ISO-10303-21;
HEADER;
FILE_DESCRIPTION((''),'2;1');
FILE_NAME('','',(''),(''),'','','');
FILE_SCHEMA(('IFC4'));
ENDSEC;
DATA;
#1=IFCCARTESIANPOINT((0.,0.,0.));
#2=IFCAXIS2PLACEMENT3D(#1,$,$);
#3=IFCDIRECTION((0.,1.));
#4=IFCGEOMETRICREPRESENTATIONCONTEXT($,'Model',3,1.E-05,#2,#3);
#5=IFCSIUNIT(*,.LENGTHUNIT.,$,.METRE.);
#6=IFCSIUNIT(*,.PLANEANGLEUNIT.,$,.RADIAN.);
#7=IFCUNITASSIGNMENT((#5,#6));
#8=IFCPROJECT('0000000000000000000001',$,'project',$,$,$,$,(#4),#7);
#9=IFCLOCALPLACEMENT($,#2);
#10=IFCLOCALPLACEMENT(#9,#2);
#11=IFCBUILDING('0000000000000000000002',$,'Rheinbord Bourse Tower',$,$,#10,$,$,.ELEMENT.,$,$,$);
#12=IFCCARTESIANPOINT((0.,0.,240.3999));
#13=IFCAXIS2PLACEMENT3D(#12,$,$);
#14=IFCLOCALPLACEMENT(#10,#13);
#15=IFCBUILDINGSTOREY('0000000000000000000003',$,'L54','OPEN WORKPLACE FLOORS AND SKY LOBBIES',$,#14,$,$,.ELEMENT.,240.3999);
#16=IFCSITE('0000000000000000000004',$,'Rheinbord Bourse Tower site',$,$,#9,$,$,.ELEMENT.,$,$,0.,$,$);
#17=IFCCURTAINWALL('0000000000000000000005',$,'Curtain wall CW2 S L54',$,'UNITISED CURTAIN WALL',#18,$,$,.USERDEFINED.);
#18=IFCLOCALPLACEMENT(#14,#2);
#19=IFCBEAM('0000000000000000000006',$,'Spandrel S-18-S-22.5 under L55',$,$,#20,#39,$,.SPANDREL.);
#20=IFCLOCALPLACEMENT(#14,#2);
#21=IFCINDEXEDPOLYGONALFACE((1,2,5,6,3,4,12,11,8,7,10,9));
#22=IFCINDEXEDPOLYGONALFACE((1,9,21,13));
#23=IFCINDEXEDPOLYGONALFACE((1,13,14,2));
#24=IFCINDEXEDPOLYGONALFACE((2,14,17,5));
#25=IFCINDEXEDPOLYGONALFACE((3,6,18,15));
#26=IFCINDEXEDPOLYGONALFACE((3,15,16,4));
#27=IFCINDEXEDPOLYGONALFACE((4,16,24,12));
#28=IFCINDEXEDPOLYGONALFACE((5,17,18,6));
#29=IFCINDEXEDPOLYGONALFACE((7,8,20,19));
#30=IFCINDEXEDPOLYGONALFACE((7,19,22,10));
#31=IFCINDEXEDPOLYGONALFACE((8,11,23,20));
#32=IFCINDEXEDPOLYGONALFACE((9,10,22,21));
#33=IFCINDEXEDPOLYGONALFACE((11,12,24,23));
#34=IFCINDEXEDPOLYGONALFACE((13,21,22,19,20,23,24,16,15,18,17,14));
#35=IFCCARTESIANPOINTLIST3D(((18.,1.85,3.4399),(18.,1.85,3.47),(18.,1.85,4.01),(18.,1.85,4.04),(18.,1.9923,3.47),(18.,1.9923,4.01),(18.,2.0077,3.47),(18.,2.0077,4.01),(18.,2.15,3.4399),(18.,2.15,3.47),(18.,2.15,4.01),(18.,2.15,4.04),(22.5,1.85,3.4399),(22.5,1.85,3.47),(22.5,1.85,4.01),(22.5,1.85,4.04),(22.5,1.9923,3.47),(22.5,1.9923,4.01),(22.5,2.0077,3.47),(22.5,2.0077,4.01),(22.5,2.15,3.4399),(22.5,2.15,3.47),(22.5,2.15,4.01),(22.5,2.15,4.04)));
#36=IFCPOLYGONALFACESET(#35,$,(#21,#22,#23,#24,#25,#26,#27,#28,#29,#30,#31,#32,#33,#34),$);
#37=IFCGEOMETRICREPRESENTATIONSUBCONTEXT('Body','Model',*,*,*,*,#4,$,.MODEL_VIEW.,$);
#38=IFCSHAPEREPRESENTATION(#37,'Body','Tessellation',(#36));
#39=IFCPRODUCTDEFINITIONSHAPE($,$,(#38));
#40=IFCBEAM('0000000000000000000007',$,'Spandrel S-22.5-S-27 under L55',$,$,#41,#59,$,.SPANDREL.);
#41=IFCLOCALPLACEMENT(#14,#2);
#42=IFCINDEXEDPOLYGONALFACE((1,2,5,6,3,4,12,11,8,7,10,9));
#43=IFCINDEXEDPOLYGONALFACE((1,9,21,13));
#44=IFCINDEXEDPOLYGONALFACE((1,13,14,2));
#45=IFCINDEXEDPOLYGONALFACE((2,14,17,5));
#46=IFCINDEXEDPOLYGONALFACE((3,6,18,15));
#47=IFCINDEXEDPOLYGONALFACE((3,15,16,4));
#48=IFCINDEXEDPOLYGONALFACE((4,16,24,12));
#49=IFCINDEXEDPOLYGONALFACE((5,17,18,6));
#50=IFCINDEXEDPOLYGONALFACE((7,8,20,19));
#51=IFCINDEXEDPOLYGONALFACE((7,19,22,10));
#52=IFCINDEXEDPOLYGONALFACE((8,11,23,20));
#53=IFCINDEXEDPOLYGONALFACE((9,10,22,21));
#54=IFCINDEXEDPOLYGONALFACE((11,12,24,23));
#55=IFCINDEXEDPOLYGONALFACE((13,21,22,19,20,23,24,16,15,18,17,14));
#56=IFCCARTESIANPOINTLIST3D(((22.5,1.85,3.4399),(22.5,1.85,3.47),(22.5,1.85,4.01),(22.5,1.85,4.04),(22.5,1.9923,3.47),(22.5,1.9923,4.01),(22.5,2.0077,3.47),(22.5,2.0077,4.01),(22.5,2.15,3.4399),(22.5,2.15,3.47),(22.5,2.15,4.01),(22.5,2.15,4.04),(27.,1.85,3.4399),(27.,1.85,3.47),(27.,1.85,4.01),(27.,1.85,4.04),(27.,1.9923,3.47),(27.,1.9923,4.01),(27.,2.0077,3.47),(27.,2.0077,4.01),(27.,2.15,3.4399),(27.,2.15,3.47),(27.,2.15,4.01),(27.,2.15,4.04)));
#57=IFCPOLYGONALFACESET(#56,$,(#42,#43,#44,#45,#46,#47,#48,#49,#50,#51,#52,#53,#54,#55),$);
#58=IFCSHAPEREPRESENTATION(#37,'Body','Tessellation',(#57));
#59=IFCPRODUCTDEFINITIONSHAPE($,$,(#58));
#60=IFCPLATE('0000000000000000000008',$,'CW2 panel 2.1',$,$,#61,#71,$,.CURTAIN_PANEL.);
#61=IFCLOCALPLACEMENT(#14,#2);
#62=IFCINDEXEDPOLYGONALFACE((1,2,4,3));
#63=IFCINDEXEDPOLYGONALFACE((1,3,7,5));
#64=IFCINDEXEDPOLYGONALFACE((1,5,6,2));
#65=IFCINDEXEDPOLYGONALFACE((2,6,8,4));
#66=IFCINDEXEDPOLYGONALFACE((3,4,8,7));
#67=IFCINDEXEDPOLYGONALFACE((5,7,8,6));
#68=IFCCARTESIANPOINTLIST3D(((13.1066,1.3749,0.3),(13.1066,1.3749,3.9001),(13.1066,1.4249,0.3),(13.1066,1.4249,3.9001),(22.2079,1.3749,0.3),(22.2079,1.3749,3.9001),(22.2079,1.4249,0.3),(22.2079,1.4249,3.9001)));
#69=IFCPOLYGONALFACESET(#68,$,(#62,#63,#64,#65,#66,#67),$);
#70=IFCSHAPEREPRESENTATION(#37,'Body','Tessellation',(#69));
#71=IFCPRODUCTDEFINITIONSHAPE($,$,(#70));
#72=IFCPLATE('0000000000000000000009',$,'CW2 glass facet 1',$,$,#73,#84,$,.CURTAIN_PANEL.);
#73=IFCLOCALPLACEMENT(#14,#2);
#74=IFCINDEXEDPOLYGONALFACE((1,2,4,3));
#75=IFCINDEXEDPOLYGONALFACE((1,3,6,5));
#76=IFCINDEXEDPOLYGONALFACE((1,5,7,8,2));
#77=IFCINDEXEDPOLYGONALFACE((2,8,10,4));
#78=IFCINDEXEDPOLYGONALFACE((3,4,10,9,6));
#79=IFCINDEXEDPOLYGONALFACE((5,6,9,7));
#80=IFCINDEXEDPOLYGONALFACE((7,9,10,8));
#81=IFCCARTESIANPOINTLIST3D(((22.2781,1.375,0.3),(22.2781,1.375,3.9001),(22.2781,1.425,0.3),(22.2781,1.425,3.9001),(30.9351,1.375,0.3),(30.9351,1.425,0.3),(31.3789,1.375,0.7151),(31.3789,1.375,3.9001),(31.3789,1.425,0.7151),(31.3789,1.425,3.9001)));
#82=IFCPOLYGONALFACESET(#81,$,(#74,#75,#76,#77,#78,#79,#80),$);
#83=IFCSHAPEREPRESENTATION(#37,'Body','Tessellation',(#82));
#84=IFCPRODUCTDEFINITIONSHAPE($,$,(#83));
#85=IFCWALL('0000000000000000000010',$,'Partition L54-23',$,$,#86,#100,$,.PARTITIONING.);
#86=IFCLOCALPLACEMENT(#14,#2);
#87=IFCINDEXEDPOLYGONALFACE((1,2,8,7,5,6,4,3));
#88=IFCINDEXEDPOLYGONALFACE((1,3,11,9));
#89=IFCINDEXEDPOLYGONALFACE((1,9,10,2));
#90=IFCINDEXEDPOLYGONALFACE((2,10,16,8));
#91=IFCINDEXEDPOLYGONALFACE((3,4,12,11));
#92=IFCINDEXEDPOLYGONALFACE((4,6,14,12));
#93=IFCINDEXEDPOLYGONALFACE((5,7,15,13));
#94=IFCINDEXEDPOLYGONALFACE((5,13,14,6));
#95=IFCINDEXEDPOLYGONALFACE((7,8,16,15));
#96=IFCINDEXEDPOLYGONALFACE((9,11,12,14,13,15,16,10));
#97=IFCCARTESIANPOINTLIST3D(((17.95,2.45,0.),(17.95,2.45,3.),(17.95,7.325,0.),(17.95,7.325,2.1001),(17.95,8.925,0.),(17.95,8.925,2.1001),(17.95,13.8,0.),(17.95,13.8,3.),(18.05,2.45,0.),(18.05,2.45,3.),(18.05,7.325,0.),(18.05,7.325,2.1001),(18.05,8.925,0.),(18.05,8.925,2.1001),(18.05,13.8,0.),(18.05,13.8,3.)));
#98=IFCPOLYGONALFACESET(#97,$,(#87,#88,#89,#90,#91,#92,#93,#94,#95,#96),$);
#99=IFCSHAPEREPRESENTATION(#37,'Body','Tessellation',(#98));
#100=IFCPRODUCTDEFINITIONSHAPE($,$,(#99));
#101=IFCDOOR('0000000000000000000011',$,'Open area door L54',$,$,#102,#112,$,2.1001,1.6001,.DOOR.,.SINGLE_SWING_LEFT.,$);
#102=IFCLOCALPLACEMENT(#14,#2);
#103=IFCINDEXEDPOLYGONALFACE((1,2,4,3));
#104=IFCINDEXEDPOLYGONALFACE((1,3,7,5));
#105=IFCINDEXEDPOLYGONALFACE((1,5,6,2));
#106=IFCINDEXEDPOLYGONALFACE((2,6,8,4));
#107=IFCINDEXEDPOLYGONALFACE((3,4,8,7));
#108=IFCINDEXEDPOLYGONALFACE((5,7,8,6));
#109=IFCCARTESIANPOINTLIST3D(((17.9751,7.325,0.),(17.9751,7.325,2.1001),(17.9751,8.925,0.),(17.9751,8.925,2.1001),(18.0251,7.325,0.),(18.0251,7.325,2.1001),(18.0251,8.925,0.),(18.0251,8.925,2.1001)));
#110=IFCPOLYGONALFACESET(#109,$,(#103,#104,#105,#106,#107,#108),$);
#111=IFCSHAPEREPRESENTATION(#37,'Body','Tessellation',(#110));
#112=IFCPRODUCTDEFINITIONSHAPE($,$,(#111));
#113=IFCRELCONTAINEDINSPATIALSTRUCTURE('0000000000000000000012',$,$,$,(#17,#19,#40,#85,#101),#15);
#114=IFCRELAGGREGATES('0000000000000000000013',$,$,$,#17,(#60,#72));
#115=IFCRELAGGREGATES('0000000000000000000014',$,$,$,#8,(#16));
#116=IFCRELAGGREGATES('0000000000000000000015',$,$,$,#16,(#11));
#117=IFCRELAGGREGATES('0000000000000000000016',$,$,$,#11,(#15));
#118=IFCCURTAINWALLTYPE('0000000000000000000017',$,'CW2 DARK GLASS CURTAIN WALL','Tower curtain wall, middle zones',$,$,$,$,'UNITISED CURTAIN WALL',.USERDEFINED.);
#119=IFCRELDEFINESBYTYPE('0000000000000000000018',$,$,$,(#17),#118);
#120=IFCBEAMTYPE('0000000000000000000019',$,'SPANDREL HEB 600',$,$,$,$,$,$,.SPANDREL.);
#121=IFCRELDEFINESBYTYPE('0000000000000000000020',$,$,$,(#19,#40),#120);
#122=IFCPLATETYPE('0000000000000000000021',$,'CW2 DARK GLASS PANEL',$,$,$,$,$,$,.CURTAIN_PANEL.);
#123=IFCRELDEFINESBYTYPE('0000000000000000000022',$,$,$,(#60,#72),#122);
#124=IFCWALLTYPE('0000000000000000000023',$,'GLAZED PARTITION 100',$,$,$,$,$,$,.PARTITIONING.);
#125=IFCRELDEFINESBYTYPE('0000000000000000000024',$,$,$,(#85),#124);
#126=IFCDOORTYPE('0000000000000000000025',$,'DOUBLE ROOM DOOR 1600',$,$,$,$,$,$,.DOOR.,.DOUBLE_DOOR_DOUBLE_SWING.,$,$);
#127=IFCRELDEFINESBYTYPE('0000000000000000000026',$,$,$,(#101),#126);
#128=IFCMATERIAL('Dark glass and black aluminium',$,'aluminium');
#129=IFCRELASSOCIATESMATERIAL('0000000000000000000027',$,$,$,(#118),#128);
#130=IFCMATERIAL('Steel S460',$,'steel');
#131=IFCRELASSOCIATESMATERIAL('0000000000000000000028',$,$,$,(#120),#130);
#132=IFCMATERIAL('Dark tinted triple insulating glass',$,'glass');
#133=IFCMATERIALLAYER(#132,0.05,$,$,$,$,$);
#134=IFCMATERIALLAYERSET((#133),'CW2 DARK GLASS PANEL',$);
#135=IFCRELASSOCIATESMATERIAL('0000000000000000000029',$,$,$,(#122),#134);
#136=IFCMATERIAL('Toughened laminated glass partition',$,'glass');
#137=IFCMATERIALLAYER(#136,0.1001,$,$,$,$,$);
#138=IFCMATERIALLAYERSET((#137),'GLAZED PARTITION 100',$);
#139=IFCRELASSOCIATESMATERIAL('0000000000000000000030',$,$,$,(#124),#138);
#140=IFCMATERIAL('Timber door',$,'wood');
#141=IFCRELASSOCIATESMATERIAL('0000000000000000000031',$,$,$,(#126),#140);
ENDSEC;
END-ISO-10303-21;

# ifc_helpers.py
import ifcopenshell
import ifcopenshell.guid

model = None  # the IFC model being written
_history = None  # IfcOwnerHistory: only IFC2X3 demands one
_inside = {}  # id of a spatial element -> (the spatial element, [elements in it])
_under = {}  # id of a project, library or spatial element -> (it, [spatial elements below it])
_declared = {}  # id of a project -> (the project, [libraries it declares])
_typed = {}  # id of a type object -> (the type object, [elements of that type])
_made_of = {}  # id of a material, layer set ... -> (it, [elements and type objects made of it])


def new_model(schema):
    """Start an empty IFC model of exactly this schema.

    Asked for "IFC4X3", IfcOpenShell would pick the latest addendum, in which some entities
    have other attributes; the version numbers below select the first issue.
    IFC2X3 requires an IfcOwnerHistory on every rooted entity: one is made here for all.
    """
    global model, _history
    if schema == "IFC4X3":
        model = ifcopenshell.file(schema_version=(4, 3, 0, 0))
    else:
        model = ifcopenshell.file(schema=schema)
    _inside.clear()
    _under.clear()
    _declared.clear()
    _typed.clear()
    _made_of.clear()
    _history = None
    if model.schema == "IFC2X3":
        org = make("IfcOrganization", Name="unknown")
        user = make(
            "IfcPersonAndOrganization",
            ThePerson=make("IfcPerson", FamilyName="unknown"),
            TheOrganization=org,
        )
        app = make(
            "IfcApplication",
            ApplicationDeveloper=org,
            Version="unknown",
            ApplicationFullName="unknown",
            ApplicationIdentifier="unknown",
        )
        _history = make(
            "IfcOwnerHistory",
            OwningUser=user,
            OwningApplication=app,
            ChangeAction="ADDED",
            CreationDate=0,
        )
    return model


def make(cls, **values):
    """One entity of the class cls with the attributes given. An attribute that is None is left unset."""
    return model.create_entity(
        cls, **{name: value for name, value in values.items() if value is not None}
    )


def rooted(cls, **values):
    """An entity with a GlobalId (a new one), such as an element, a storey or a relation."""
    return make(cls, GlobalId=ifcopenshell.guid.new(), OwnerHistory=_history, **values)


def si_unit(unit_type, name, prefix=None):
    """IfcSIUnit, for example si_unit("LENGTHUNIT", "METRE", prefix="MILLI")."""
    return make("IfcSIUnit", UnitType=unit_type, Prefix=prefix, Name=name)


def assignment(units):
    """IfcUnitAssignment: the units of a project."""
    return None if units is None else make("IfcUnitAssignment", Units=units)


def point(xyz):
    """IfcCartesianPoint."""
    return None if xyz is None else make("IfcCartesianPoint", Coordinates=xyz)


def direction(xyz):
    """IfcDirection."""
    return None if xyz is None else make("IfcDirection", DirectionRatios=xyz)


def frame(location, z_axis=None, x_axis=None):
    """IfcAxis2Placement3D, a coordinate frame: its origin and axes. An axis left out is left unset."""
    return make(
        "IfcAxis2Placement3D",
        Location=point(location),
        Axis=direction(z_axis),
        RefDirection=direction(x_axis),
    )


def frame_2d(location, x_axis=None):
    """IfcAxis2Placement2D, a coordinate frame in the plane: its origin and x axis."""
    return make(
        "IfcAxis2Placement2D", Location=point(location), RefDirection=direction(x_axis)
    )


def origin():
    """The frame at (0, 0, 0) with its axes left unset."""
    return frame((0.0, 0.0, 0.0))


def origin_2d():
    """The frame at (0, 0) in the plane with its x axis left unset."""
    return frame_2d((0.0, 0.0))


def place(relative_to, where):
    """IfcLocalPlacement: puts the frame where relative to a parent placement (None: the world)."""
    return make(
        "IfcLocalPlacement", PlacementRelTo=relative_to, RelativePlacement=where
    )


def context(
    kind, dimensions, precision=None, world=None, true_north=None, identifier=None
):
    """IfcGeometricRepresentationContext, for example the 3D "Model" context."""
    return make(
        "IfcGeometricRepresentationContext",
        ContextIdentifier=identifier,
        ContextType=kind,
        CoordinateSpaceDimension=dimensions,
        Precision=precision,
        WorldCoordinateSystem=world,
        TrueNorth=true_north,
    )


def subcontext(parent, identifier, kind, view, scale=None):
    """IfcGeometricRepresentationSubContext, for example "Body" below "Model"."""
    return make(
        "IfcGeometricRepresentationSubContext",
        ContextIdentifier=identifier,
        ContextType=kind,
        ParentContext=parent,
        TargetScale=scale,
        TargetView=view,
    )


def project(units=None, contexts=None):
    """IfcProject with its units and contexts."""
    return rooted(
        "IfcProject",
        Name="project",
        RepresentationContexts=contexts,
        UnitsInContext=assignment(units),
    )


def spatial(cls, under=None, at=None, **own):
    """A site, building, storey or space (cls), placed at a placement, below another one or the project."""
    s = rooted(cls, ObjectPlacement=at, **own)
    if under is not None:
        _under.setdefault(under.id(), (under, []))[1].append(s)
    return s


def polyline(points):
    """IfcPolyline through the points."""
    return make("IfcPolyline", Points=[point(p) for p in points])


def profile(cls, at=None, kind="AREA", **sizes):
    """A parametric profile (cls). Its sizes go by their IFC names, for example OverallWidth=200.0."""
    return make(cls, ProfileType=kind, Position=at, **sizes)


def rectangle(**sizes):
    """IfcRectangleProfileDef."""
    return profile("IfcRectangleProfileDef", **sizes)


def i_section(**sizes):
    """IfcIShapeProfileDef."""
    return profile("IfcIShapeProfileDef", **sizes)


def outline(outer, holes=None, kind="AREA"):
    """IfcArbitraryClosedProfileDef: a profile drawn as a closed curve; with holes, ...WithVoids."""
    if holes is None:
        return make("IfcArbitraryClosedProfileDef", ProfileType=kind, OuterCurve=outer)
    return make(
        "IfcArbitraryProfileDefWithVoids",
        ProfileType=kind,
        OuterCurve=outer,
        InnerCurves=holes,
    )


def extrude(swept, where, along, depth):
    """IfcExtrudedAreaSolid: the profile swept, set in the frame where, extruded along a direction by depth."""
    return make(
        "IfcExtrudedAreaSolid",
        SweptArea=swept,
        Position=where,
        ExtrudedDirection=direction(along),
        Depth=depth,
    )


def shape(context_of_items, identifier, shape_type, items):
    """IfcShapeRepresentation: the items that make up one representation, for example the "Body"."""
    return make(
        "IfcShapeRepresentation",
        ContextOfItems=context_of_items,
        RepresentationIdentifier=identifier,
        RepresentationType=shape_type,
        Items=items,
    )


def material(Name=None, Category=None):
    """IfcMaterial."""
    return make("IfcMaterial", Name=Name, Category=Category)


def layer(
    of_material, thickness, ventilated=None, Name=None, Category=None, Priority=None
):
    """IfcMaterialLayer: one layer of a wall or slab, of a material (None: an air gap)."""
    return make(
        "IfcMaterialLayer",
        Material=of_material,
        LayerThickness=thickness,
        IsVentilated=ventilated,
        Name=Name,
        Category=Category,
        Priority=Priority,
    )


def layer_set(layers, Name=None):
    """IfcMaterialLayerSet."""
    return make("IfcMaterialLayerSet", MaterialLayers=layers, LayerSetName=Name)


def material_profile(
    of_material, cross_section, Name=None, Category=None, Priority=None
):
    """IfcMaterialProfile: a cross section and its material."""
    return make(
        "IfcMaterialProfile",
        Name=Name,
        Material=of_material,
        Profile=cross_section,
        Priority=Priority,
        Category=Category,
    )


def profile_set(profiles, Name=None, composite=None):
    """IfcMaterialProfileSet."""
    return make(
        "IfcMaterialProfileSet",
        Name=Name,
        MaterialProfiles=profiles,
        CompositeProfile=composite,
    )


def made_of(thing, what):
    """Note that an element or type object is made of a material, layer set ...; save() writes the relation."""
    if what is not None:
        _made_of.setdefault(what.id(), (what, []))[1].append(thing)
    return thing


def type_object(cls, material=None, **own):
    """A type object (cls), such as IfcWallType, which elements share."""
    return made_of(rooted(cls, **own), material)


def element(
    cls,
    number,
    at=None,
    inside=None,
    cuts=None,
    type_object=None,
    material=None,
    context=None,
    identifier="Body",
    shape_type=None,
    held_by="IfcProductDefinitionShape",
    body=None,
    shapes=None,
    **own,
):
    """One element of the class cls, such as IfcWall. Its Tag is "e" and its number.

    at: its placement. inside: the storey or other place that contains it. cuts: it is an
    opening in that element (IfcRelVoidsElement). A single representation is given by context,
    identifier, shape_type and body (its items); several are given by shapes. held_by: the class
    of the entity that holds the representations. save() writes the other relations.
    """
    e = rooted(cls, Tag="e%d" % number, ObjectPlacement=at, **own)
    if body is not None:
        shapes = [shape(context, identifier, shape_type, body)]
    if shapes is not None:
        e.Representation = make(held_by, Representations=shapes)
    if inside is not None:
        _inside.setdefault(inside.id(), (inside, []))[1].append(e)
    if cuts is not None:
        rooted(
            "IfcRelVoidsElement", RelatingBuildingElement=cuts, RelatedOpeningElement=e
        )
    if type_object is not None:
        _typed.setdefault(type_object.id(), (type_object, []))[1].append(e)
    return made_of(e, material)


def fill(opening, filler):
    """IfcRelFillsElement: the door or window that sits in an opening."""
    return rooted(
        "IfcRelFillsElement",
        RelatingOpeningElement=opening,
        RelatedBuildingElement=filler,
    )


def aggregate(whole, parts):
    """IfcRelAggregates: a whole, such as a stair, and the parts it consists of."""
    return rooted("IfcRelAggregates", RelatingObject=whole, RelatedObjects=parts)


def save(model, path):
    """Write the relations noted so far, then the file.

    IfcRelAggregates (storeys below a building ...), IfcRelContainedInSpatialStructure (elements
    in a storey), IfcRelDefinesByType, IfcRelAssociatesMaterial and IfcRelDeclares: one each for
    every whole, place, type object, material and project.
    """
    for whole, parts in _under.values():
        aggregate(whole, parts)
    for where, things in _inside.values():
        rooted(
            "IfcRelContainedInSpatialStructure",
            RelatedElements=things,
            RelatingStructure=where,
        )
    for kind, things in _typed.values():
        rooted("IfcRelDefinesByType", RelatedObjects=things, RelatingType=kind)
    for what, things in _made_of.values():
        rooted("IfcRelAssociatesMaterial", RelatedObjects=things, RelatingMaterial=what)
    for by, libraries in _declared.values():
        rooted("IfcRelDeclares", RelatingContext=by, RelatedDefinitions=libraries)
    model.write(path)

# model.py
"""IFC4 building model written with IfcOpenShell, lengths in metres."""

from ifc_helpers import new_model, si_unit, direction, frame, frame_2d, origin, origin_2d, place, context, subcontext, project, spatial, polyline, rectangle, i_section, outline, extrude, material, layer, layer_set, material_profile, profile_set, type_object, element, fill, aggregate, save


model = new_model("IFC4")

# Units and contexts
model_context = context("Model", 3, precision=1e-05, world=origin(), true_north=direction((0.0, 1.0)))
body_context = subcontext(model_context, "Body", "Model", "MODEL_VIEW")
ifc_project = project(units=[si_unit("LENGTHUNIT", "METRE"), si_unit("PLANEANGLEUNIT", "RADIAN")], contexts=[model_context])

# Site, building, storey
site_placement = place(None, origin())
site = spatial("IfcSite", under=ifc_project, at=site_placement, Name="Rheinbord Bourse Tower site", CompositionType="ELEMENT", RefElevation=0.0)
building_placement = place(site_placement, origin())
building = spatial("IfcBuilding", under=site, at=building_placement, Name="Rheinbord Bourse Tower", CompositionType="ELEMENT")
storey_placement = place(building_placement, frame((0.0, 0.0, 240.3999)))
storey = spatial("IfcBuildingStorey", under=building, at=storey_placement, Name="L54", Description="OPEN WORKPLACE FLOORS AND SKY LOBBIES", CompositionType="ELEMENT", Elevation=240.3999)

# Curtain wall
ifc_material_1 = material(Name="Dark glass and black aluminium", Category="aluminium")
curtain_wall_type = type_object("IfcCurtainWallType", Name="CW2 DARK GLASS CURTAIN WALL", Description="Tower curtain wall, middle zones", ElementType="UNITISED CURTAIN WALL", PredefinedType="USERDEFINED", material=ifc_material_1)
curtain_wall_placement = place(storey_placement, origin())
curtain_wall = element("IfcCurtainWall", 1, at=curtain_wall_placement, inside=storey, type_object=curtain_wall_type, Name="Curtain wall CW2 S L54", ObjectType="UNITISED CURTAIN WALL", PredefinedType="USERDEFINED")

# Beams
ifc_material_2 = material(Name="Steel S460", Category="steel")
ifc_material_profile_1 = material_profile(ifc_material_2, i_section(OverallWidth=0.3, OverallDepth=0.6001, WebThickness=0.0154, FlangeThickness=0.03, at=origin_2d()), Name="HEB 600")
ifc_profile_set_1 = profile_set([ifc_material_profile_1], Name="Steel S460")
beam_type_1 = type_object("IfcBeamType", Name="SPANDREL HEB 600", PredefinedType="SPANDREL", material=ifc_profile_set_1)
for number, where, z_axis, x_axis, name in (
    (2, (18.0, 2.0, 3.74), (1.0, 0.0, 0.0), (0.0, 1.0, 0.0), "Spandrel S-18-S-22.5 under L55"),
    (3, (22.5, 2.0, 3.74), (1.0, 0.0, 0.0), (0.0, 1.0, 0.0), "Spandrel S-22.5-S-27 under L55"),
):
    element("IfcBeam", number, at=place(storey_placement, frame(where, z_axis=z_axis, x_axis=x_axis)), inside=storey, type_object=beam_type_1, Name=name, PredefinedType="SPANDREL", context=body_context, shape_type="SweptSolid", body=[
        extrude(i_section(OverallWidth=0.3, OverallDepth=0.6001, WebThickness=0.0154, FlangeThickness=0.03, at=origin_2d()), origin(), (0.0, 0.0, 1.0), 4.5),
    ])

# Plates
ifc_material_3 = material(Name="Dark tinted triple insulating glass", Category="glass")
ifc_layer_1 = layer(ifc_material_3, 0.05)
ifc_layer_set_1 = layer_set([ifc_layer_1], Name="CW2 DARK GLASS PANEL")
plate_type = type_object("IfcPlateType", Name="CW2 DARK GLASS PANEL", PredefinedType="CURTAIN_PANEL", material=ifc_layer_set_1)
plate_1_placement = place(storey_placement, frame((17.6572, 1.3999, 0.3), z_axis=(0.0, 0.0, 1.0), x_axis=(1.0, 0.0, 0.0)))
plate_1 = element("IfcPlate", 4, at=plate_1_placement, type_object=plate_type, Name="CW2 panel 2.1", PredefinedType="CURTAIN_PANEL", context=body_context, shape_type="SweptSolid", body=[
    extrude(rectangle(XDim=9.1013, YDim=0.05, at=origin_2d()), origin(), (0.0, 0.0, 1.0), 3.6001),
])
plate_2_placement = place(storey_placement, frame((22.2781, 1.375, 0.3), z_axis=(0.0, 1.0, 0.0), x_axis=(0.0, 0.0, 1.0)))
plate_2 = element("IfcPlate", 5, at=plate_2_placement, type_object=plate_type, Name="CW2 glass facet 1", PredefinedType="CURTAIN_PANEL", context=body_context, shape_type="SweptSolid", body=[
    extrude(outline(polyline([(0.0, 0.0), (3.6001, 0.0), (3.6001, 9.1008), (0.415, 9.1008), (0.0, 8.657), (0.0, 0.0)])), origin(), (0.0, 0.0, 1.0), 0.05),
])
aggregate(curtain_wall, [plate_1, plate_2])

# Wall, opening, door
ifc_material_4 = material(Name="Toughened laminated glass partition", Category="glass")
ifc_layer_2 = layer(ifc_material_4, 0.1001)
ifc_layer_set_2 = layer_set([ifc_layer_2], Name="GLAZED PARTITION 100")
wall_type = type_object("IfcWallType", Name="GLAZED PARTITION 100", PredefinedType="PARTITIONING", material=ifc_layer_set_2)
wall_placement = place(storey_placement, frame((18.0, 2.45, 0.0), z_axis=(0.0, 0.0, 1.0), x_axis=(0.0, 1.0, 0.0)))
wall = element("IfcWall", 6, at=wall_placement, inside=storey, type_object=wall_type, Name="Partition L54-23", PredefinedType="PARTITIONING", context=body_context, shape_type="SweptSolid", body=[
    extrude(rectangle(XDim=11.3501, YDim=0.1001, at=frame_2d((5.675, 0.0))), origin(), (0.0, 0.0, 1.0), 3.0),
])
opening_placement = place(wall_placement, frame((4.875, 0.0, 0.0)))
opening = element("IfcOpeningElement", 7, at=opening_placement, cuts=wall, PredefinedType="OPENING", context=body_context, shape_type="SweptSolid", body=[
    extrude(rectangle(XDim=1.6001, YDim=2.1001, at=frame_2d((0.8, 1.05))), frame((0.0, 0.0601, 0.0), z_axis=(0.0, -1.0, 0.0), x_axis=(1.0, 0.0, 0.0)), (0.0, 0.0, 1.0), 0.1201),
])
ifc_material_5 = material(Name="Timber door", Category="wood")
door_type = type_object("IfcDoorType", Name="DOUBLE ROOM DOOR 1600", OperationType="DOUBLE_DOOR_DOUBLE_SWING", PredefinedType="DOOR", material=ifc_material_5)
door_placement = place(opening_placement, origin())
door = element("IfcDoor", 8, at=door_placement, inside=storey, type_object=door_type, Name="Open area door L54", OperationType="SINGLE_SWING_LEFT", OverallHeight=2.1001, OverallWidth=1.6001, PredefinedType="DOOR", context=body_context, shape_type="SweptSolid", body=[
    extrude(rectangle(XDim=1.6001, YDim=2.1001, at=frame_2d((0.8, 1.05))), frame((0.0, 0.0249, 0.0), z_axis=(0.0, -1.0, 0.0), x_axis=(1.0, 0.0, 0.0)), (0.0, 0.0, 1.0), 0.05),
])
fill(opening, door)

save(model, "model.ifc")
